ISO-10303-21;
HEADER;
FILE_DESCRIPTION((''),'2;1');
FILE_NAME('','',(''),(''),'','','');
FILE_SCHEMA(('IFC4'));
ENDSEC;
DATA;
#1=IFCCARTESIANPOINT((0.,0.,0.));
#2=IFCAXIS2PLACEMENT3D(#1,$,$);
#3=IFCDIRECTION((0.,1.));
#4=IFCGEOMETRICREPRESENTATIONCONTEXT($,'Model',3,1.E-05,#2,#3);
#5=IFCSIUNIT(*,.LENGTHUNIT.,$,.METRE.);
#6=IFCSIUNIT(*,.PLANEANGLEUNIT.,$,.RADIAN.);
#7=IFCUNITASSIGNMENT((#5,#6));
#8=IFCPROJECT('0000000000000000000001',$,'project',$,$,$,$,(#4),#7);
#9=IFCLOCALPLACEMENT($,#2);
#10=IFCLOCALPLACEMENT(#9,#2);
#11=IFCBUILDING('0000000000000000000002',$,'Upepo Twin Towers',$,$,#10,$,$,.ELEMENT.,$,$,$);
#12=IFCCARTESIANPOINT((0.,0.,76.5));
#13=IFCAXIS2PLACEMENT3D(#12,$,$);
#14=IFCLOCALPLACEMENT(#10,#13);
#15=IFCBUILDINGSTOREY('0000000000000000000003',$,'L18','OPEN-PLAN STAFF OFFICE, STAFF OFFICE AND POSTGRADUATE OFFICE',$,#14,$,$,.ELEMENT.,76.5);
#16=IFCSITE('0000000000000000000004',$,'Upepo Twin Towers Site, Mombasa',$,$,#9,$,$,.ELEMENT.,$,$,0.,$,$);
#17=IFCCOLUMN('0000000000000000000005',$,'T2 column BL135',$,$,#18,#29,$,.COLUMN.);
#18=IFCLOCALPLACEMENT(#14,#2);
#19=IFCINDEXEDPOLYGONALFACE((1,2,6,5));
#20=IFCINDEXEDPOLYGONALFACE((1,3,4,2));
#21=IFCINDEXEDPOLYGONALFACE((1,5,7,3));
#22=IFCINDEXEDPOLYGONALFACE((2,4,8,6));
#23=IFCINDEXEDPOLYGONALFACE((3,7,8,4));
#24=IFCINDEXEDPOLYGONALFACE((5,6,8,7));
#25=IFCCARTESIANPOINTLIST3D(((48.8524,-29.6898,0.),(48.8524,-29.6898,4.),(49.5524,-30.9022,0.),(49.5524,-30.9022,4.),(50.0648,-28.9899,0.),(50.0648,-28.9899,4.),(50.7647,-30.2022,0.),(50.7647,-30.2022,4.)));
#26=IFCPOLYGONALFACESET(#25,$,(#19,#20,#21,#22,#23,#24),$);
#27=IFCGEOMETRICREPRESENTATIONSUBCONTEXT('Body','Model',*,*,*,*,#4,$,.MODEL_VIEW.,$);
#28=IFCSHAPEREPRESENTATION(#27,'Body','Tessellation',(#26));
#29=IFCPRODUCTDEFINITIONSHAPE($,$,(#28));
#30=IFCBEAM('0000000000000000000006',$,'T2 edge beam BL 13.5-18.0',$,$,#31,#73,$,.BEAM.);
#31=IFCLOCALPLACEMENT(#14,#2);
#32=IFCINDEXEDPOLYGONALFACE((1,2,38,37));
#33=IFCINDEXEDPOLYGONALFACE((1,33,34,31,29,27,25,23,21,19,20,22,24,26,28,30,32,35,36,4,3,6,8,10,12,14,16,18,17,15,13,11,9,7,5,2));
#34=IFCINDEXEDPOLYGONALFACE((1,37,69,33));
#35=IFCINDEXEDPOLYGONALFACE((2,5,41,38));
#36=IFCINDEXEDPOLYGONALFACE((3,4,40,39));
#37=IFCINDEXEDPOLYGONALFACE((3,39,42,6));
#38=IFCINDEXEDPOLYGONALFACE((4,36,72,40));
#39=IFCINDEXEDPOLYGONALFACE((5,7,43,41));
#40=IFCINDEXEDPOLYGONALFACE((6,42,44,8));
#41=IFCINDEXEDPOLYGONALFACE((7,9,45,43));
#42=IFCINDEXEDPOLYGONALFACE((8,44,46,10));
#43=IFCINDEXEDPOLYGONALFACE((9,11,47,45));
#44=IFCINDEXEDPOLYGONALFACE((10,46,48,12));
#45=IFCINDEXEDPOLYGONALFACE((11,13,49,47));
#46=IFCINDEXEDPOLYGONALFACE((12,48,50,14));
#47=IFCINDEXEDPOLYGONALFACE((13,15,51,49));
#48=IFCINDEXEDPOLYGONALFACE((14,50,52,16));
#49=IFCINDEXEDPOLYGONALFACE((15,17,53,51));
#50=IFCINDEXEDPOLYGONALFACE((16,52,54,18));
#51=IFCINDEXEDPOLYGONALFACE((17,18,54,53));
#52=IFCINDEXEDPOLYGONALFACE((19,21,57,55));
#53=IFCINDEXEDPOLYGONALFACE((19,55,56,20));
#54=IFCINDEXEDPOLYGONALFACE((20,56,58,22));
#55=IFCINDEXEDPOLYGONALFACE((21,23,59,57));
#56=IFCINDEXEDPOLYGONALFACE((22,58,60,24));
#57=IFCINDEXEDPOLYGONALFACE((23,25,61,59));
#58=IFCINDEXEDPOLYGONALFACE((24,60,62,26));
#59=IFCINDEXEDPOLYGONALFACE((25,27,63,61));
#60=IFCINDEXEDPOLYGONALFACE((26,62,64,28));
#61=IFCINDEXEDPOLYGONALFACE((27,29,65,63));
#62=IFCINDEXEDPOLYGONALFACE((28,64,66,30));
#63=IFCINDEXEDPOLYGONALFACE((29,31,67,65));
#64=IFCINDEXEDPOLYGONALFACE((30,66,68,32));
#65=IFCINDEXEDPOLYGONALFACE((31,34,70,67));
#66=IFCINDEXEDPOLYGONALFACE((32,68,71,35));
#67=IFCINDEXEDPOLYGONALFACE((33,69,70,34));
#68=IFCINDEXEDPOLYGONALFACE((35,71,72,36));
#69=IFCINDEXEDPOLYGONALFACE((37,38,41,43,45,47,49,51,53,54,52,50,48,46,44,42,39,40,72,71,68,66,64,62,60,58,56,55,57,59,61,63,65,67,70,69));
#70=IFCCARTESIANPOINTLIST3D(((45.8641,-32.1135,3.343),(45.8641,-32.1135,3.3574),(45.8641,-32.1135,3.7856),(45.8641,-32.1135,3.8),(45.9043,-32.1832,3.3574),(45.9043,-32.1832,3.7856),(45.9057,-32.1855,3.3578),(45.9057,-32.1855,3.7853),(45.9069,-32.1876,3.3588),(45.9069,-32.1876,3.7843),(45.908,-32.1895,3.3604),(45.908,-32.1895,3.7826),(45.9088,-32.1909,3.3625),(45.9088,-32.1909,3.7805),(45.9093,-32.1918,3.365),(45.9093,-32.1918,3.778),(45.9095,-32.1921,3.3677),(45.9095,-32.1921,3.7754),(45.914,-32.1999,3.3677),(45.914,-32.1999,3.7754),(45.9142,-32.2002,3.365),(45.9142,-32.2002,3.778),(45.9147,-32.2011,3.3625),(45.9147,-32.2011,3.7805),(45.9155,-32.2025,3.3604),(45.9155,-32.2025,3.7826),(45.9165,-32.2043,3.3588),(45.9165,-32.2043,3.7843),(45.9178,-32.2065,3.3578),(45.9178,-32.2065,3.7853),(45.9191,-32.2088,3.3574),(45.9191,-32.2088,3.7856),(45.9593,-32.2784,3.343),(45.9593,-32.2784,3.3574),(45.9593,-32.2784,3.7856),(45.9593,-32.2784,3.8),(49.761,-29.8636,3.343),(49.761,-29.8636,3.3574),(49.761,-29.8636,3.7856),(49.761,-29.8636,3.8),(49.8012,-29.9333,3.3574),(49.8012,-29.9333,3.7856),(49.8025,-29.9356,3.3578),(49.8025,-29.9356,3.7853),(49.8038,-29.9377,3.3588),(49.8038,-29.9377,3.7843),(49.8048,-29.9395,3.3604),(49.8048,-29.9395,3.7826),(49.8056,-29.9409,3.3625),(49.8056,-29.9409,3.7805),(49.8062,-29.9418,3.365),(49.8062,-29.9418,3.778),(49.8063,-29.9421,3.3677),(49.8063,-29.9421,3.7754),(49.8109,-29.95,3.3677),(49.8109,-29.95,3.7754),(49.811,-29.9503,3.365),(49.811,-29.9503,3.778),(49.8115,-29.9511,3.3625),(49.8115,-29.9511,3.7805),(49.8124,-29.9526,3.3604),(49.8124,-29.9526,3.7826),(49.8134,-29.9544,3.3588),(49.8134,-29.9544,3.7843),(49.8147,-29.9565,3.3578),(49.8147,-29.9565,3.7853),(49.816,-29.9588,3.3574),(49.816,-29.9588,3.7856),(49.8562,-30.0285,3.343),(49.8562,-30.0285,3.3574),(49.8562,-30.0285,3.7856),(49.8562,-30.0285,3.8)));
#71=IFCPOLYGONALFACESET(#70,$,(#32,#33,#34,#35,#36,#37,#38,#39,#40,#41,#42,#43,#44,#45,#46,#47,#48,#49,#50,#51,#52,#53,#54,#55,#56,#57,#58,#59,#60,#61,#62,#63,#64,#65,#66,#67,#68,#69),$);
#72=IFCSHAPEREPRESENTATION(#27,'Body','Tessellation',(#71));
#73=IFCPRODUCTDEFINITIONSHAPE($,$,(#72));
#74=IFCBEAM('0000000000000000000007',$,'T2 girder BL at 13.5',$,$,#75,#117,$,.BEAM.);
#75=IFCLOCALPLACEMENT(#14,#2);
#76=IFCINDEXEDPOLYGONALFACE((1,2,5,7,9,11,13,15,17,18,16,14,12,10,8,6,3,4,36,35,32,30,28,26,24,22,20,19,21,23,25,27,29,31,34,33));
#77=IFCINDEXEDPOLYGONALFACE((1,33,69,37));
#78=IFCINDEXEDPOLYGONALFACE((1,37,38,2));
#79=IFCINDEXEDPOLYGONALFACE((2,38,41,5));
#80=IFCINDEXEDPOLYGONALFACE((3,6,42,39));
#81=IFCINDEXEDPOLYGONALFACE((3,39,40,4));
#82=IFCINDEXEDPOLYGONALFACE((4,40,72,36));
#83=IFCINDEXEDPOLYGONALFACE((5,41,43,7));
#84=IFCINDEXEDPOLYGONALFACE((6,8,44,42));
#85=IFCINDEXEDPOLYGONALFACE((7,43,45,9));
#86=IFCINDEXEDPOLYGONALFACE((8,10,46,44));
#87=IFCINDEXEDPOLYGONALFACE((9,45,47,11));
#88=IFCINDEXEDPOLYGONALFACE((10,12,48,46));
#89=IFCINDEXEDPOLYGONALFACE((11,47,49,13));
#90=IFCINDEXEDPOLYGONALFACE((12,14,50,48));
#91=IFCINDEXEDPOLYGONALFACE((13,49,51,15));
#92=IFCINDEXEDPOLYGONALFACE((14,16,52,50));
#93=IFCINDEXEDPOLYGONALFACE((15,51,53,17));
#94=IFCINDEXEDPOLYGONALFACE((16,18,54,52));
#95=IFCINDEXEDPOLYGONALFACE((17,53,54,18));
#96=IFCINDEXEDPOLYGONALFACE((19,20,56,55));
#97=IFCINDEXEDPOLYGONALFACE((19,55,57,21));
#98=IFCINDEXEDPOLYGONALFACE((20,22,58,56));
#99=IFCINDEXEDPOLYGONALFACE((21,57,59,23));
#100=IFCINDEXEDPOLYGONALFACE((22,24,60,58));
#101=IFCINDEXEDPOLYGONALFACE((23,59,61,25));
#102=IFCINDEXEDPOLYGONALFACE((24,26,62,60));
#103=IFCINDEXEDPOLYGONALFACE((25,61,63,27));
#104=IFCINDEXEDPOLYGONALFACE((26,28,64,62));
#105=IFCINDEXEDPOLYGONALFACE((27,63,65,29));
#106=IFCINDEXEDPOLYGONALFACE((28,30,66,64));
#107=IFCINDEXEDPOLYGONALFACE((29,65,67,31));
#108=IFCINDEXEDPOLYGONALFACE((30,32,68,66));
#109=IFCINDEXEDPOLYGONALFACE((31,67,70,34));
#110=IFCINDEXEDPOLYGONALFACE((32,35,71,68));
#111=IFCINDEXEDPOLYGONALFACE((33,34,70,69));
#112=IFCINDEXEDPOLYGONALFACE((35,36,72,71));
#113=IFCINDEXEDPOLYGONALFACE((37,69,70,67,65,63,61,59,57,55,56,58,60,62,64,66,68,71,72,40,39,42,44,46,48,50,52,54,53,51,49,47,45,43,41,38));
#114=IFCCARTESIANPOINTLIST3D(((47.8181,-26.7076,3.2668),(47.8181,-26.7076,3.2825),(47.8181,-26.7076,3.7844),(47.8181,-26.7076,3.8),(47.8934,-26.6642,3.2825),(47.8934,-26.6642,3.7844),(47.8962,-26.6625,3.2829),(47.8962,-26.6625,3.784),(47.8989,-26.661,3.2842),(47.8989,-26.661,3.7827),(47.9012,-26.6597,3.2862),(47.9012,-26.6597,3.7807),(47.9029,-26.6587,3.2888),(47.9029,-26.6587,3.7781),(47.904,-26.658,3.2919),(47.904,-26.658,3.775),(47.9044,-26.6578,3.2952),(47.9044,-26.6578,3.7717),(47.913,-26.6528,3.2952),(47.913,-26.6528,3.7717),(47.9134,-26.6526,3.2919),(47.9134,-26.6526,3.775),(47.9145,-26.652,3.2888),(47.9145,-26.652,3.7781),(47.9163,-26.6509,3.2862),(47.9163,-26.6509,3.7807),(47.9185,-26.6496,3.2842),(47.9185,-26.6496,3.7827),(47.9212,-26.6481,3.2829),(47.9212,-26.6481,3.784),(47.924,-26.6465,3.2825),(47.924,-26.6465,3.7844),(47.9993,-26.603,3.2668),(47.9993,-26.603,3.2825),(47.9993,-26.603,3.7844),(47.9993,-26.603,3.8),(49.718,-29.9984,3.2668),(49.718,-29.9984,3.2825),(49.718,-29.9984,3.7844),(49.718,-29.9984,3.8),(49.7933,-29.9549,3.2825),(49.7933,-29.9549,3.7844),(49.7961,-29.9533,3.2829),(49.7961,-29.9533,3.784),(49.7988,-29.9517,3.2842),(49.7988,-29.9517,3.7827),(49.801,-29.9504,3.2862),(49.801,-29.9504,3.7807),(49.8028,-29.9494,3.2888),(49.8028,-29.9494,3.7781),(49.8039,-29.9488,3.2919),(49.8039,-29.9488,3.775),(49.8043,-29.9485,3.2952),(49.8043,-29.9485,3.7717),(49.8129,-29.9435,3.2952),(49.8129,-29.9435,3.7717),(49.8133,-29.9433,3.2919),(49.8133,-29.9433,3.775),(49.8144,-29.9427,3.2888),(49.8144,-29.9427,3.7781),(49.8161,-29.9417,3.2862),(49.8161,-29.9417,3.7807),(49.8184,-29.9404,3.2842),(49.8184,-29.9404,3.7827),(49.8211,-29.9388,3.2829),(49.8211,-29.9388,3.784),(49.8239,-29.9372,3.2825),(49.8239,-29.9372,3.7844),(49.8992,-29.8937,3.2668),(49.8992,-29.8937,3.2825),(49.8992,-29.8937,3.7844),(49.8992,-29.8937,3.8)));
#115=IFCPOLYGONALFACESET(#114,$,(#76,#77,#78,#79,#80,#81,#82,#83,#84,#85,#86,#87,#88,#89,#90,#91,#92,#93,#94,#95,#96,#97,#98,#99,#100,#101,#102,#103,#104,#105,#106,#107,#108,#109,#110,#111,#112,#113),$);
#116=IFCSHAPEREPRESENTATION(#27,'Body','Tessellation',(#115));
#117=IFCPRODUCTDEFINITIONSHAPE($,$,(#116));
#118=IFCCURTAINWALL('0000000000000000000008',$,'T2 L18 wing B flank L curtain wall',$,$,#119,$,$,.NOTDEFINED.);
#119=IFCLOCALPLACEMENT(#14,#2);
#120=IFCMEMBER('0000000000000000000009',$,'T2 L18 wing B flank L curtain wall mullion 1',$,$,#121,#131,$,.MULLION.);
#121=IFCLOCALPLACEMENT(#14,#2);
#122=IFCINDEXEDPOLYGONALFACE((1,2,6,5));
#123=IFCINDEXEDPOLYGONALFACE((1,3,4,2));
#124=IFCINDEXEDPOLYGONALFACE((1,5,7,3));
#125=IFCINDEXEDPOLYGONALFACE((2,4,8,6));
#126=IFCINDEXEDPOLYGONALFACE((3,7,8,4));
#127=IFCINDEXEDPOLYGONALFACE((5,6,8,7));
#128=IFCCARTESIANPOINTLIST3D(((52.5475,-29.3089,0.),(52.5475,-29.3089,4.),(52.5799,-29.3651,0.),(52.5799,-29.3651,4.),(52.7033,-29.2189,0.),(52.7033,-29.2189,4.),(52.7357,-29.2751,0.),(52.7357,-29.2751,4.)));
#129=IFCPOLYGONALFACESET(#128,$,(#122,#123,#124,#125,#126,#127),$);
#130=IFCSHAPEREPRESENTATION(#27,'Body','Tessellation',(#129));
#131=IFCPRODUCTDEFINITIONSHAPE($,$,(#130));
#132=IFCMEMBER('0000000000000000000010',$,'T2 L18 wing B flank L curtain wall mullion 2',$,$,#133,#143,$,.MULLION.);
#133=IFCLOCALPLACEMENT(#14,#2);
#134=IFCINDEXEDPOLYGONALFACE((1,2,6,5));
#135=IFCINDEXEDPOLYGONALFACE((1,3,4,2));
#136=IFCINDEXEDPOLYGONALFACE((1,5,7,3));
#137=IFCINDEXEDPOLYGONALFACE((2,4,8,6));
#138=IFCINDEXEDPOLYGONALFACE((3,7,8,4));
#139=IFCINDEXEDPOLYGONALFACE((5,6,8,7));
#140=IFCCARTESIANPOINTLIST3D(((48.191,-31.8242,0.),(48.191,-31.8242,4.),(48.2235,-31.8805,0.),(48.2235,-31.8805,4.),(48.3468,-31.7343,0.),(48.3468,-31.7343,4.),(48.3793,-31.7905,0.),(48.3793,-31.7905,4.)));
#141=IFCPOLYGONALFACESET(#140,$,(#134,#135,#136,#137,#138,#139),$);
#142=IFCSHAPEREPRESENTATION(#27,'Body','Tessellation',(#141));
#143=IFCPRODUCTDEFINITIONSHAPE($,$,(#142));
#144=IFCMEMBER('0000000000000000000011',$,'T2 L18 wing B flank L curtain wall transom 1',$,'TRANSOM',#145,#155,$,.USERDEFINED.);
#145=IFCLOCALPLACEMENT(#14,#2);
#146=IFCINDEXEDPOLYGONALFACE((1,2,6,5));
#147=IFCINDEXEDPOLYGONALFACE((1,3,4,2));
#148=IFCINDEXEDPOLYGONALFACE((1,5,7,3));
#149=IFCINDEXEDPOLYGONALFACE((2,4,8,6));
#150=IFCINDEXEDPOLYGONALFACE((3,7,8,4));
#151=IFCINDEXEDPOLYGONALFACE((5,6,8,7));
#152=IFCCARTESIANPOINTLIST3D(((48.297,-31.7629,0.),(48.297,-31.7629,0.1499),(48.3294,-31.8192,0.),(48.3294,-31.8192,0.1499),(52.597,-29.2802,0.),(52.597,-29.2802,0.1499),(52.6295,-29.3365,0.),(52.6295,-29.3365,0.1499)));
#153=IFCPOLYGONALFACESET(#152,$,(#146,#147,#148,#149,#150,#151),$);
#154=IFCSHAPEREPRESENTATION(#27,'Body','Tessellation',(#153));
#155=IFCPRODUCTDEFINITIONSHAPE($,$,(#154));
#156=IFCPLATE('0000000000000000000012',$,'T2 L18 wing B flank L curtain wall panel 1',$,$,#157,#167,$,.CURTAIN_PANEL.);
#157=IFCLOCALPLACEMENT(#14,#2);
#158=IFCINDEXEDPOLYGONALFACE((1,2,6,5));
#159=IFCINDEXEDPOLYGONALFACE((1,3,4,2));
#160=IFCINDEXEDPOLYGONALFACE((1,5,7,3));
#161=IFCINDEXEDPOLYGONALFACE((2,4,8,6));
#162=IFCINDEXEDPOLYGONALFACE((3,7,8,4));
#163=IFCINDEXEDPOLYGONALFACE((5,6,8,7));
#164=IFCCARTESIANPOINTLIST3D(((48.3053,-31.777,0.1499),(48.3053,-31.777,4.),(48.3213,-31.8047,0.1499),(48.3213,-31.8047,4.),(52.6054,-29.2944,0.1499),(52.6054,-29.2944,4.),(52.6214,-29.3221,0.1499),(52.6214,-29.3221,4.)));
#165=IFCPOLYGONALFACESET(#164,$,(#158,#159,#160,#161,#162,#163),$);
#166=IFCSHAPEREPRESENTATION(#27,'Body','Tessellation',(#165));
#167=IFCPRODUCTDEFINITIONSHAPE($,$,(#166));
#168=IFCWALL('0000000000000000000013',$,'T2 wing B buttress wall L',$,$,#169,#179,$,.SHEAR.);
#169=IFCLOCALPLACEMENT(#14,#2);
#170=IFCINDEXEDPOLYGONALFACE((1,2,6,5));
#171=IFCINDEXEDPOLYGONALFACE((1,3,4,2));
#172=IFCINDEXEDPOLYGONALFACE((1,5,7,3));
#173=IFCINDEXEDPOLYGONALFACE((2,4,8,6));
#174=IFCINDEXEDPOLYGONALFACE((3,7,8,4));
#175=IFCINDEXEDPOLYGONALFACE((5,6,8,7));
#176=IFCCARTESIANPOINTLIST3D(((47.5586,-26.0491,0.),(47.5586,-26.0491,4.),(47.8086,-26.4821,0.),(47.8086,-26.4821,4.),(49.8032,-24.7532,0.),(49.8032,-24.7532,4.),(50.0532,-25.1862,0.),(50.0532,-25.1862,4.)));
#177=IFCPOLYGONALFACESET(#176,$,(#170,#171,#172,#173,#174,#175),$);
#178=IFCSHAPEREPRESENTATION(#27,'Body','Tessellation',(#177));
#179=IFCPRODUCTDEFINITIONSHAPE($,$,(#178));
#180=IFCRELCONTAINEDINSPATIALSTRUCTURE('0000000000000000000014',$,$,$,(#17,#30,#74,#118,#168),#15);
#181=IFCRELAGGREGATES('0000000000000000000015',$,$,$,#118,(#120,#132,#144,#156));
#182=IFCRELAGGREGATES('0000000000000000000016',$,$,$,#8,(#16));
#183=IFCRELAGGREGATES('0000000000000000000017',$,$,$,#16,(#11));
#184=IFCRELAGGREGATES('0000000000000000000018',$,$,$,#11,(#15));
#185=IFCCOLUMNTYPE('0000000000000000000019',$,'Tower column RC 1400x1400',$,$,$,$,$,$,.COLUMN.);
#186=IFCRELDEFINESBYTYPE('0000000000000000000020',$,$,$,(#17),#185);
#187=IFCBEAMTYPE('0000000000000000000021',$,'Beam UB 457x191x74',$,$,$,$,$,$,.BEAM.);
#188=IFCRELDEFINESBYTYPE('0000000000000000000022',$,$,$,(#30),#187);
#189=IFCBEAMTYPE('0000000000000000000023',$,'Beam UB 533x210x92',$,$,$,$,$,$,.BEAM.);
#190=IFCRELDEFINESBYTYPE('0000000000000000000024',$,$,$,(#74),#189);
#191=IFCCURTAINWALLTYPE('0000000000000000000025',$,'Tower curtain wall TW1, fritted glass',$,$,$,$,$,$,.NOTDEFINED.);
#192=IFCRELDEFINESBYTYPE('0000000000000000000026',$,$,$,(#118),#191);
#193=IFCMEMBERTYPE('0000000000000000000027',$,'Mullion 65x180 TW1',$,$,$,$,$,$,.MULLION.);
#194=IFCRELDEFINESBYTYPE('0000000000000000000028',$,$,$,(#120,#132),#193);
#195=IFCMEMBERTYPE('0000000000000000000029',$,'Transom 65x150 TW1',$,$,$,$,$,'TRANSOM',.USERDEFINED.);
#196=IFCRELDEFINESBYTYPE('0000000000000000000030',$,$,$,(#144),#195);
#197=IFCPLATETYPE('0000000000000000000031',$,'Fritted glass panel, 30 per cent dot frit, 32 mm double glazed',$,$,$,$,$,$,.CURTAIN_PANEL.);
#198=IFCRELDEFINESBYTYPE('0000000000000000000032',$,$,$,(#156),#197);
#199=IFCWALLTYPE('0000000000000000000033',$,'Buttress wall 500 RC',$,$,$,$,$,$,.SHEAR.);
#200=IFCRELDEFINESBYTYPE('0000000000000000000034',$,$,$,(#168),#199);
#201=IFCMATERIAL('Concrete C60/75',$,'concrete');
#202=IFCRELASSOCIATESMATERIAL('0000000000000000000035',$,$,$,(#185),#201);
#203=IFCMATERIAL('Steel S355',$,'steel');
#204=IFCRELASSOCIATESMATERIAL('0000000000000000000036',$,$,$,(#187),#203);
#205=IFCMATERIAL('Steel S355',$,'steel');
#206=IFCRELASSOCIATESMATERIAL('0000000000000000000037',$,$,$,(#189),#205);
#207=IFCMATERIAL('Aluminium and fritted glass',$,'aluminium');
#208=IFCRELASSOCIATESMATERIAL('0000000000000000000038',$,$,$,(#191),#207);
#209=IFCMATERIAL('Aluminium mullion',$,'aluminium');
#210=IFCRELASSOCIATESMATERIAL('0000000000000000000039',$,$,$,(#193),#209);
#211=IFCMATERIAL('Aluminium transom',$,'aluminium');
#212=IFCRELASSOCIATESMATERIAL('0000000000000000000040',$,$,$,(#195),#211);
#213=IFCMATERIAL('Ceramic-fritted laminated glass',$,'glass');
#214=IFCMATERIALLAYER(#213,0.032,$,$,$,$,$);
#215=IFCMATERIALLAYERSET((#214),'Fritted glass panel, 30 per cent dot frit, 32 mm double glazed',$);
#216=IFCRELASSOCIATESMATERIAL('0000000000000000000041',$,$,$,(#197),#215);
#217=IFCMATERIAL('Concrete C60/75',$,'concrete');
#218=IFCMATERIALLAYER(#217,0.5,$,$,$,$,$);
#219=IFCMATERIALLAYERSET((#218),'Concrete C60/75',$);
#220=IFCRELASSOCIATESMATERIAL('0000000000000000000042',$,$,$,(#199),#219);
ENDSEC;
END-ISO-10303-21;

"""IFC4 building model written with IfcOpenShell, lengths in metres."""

from ifc_helpers import new_model, si_unit, direction, frame, frame_2d, origin, origin_2d, place, context, subcontext, project, spatial, rectangle, i_section, extrude, material, layer, layer_set, material_profile, profile_set, type_object, element, aggregate, save


model = new_model("IFC4")

# Units and contexts
model_context = context("Model", 3, precision=1e-05, world=origin(), true_north=direction((0.0, 1.0)))
body_context = subcontext(model_context, "Body", "Model", "MODEL_VIEW")
ifc_project = project(units=[si_unit("LENGTHUNIT", "METRE"), si_unit("PLANEANGLEUNIT", "RADIAN")], contexts=[model_context])

# Site, building, storey
site_placement = place(None, origin())
site = spatial("IfcSite", under=ifc_project, at=site_placement, Name="Upepo Twin Towers Site, Mombasa", CompositionType="ELEMENT", RefElevation=0.0)
building_placement = place(site_placement, origin())
building = spatial("IfcBuilding", under=site, at=building_placement, Name="Upepo Twin Towers", CompositionType="ELEMENT")
storey_placement = place(building_placement, frame((0.0, 0.0, 76.5)))
storey = spatial("IfcBuildingStorey", under=building, at=storey_placement, Name="L18", Description="OPEN-PLAN STAFF OFFICE, STAFF OFFICE AND POSTGRADUATE OFFICE", CompositionType="ELEMENT", Elevation=76.5)

# Column
ifc_material_1 = material(Name="Concrete C60/75", Category="concrete")
ifc_material_profile_1 = material_profile(ifc_material_1, rectangle(XDim=1.3999, YDim=1.3999, at=origin_2d()), Name="RC 1400x1400")
ifc_profile_set_1 = profile_set([ifc_material_profile_1], Name="Concrete C60/75")
column_type = type_object("IfcColumnType", Name="Tower column RC 1400x1400", PredefinedType="COLUMN", material=ifc_profile_set_1)
column_placement = place(storey_placement, frame((49.8086, -29.946, 0.0), z_axis=(0.0, 0.0, 1.0), x_axis=(0.866025, 0.5, 0.0)))
element("IfcColumn", 1, at=column_placement, inside=storey, type_object=column_type, Name="T2 column BL135", PredefinedType="COLUMN", context=body_context, shape_type="SweptSolid", body=[
    extrude(rectangle(XDim=1.3999, YDim=1.3999, at=origin_2d()), origin(), (0.0, 0.0, 1.0), 4.0),
])

# Beams
ifc_material_2 = material(Name="Steel S355", Category="steel")
ifc_material_profile_2 = material_profile(ifc_material_2, i_section(OverallWidth=0.1904, OverallDepth=0.457, WebThickness=0.009, FlangeThickness=0.0144, FilletRadius=0.0103, at=origin_2d()), Name="UB 457x191x74")
ifc_profile_set_2 = profile_set([ifc_material_profile_2], Name="Steel S355")
beam_type_1 = type_object("IfcBeamType", Name="Beam UB 457x191x74", PredefinedType="BEAM", material=ifc_profile_set_2)
beam_1_placement = place(storey_placement, frame((49.8086, -29.946, 3.5715), z_axis=(-0.866018, -0.500014, 0.0), x_axis=(0.500014, -0.866018, 0.0)))
element("IfcBeam", 2, at=beam_1_placement, inside=storey, type_object=beam_type_1, Name="T2 edge beam BL 13.5-18.0", PredefinedType="BEAM", context=body_context, shape_type="SweptSolid", body=[
    extrude(i_section(OverallWidth=0.1904, OverallDepth=0.457, WebThickness=0.009, FlangeThickness=0.0144, FilletRadius=0.0103, at=origin_2d()), origin(), (0.0, 0.0, 1.0), 4.4998),
])
ifc_material_3 = material(Name="Steel S355", Category="steel")
ifc_material_profile_3 = material_profile(ifc_material_3, i_section(OverallWidth=0.2092, OverallDepth=0.5332, WebThickness=0.01, FlangeThickness=0.0156, FilletRadius=0.0127, at=origin_2d()), Name="UB 533x210x92")
ifc_profile_set_3 = profile_set([ifc_material_profile_3], Name="Steel S355")
beam_type_2 = type_object("IfcBeamType", Name="Beam UB 533x210x92", PredefinedType="BEAM", material=ifc_profile_set_3)
beam_2_placement = place(storey_placement, frame((49.8086, -29.946, 3.5334), z_axis=(-0.499995, 0.866028, 0.0), x_axis=(-0.866028, -0.499995, 0.0)))
element("IfcBeam", 3, at=beam_2_placement, inside=storey, type_object=beam_type_2, Name="T2 girder BL at 13.5", PredefinedType="BEAM", context=body_context, shape_type="SweptSolid", body=[
    extrude(i_section(OverallWidth=0.2092, OverallDepth=0.5332, WebThickness=0.01, FlangeThickness=0.0156, FilletRadius=0.0127, at=origin_2d()), origin(), (0.0, 0.0, 1.0), 3.7998),
])

# Curtain wall, members, plate
ifc_material_4 = material(Name="Aluminium and fritted glass", Category="aluminium")
curtain_wall_type = type_object("IfcCurtainWallType", Name="Tower curtain wall TW1, fritted glass", PredefinedType="NOTDEFINED", material=ifc_material_4)
curtain_wall_placement = place(storey_placement, origin())
curtain_wall = element("IfcCurtainWall", 4, at=curtain_wall_placement, inside=storey, type_object=curtain_wall_type, Name="T2 L18 wing B flank L curtain wall", PredefinedType="NOTDEFINED")
ifc_material_5 = material(Name="Aluminium mullion", Category="aluminium")
ifc_material_profile_4 = material_profile(ifc_material_5, rectangle(XDim=0.0649, YDim=0.1799, at=origin_2d()), Name="MULLION 65x180")
ifc_profile_set_4 = profile_set([ifc_material_profile_4], Name="Aluminium mullion")
member_type_1 = type_object("IfcMemberType", Name="Mullion 65x180 TW1", PredefinedType="MULLION", material=ifc_profile_set_4)
member_1_placement = place(storey_placement, frame((52.6416, -29.292, 0.0), z_axis=(0.0, 0.0, 1.0), x_axis=(0.5, -0.866025, 0.0)))
member_1 = element("IfcMember", 5, at=member_1_placement, type_object=member_type_1, Name="T2 L18 wing B flank L curtain wall mullion 1", PredefinedType="MULLION", context=body_context, shape_type="SweptSolid", body=[
    extrude(rectangle(XDim=0.0649, YDim=0.1799, at=origin_2d()), origin(), (0.0, 0.0, 1.0), 4.0),
])
member_2_placement = place(storey_placement, frame((48.2852, -31.8074, 0.0), z_axis=(0.0, 0.0, 1.0), x_axis=(0.5, -0.866025, 0.0)))
member_2 = element("IfcMember", 6, at=member_2_placement, type_object=member_type_1, Name="T2 L18 wing B flank L curtain wall mullion 2", PredefinedType="MULLION", context=body_context, shape_type="SweptSolid", body=[
    extrude(rectangle(XDim=0.0649, YDim=0.1799, at=origin_2d()), origin(), (0.0, 0.0, 1.0), 4.0),
])
ifc_material_6 = material(Name="Aluminium transom", Category="aluminium")
ifc_material_profile_5 = material_profile(ifc_material_6, rectangle(XDim=0.0649, YDim=0.1499, at=origin_2d()), Name="TRANSOM 65x150")
ifc_profile_set_5 = profile_set([ifc_material_profile_5], Name="Aluminium transom")
member_type_2 = type_object("IfcMemberType", Name="Transom 65x150 TW1", ElementType="TRANSOM", PredefinedType="USERDEFINED", material=ifc_profile_set_5)
member_3_placement = place(storey_placement, frame((52.6133, -29.3083, 0.075), z_axis=(-0.866023, -0.500005, 0.0), x_axis=(0.500005, -0.866023, 0.0)))
member_3 = element("IfcMember", 7, at=member_3_placement, type_object=member_type_2, Name="T2 L18 wing B flank L curtain wall transom 1", ObjectType="TRANSOM", PredefinedType="USERDEFINED", context=body_context, shape_type="SweptSolid", body=[
    extrude(rectangle(XDim=0.0649, YDim=0.1499, at=origin_2d()), origin(), (0.0, 0.0, 1.0), 4.9653),
])
ifc_material_7 = material(Name="Ceramic-fritted laminated glass", Category="glass")
ifc_layer_1 = layer(ifc_material_7, 0.032)
ifc_layer_set_1 = layer_set([ifc_layer_1], Name="Fritted glass panel, 30 per cent dot frit, 32 mm double glazed")
plate_type = type_object("IfcPlateType", Name="Fritted glass panel, 30 per cent dot frit, 32 mm double glazed", PredefinedType="CURTAIN_PANEL", material=ifc_layer_set_1)
plate_placement = place(storey_placement, frame((50.4634, -30.5496, 0.1499), z_axis=(0.0, 0.0, 1.0), x_axis=(-0.866025, -0.5, 0.0)))
plate = element("IfcPlate", 8, at=plate_placement, type_object=plate_type, Name="T2 L18 wing B flank L curtain wall panel 1", PredefinedType="CURTAIN_PANEL", context=body_context, shape_type="SweptSolid", body=[
    extrude(rectangle(XDim=4.9653, YDim=0.032, at=origin_2d()), origin(), (0.0, 0.0, 1.0), 3.8501),
])
aggregate(curtain_wall, [member_1, member_2, member_3, plate])

# Wall
ifc_material_8 = material(Name="Concrete C60/75", Category="concrete")
ifc_layer_2 = layer(ifc_material_8, 0.5)
ifc_layer_set_2 = layer_set([ifc_layer_2], Name="Concrete C60/75")
wall_type_1 = type_object("IfcWallType", Name="Buttress wall 500 RC", PredefinedType="SHEAR", material=ifc_layer_set_2)
wall_1_placement = place(storey_placement, frame((49.9282, -24.9697, 0.0), z_axis=(0.0, 0.0, 1.0), x_axis=(-0.866032, -0.499989, 0.0)))
element("IfcWall", 9, at=wall_1_placement, inside=storey, type_object=wall_type_1, Name="T2 wing B buttress wall L", PredefinedType="SHEAR", context=body_context, shape_type="SweptSolid", body=[
    extrude(rectangle(XDim=2.5918, YDim=0.5, at=frame_2d((1.2959, 0.0))), origin(), (0.0, 0.0, 1.0), 4.0),
])

save(model, "model.ifc")
